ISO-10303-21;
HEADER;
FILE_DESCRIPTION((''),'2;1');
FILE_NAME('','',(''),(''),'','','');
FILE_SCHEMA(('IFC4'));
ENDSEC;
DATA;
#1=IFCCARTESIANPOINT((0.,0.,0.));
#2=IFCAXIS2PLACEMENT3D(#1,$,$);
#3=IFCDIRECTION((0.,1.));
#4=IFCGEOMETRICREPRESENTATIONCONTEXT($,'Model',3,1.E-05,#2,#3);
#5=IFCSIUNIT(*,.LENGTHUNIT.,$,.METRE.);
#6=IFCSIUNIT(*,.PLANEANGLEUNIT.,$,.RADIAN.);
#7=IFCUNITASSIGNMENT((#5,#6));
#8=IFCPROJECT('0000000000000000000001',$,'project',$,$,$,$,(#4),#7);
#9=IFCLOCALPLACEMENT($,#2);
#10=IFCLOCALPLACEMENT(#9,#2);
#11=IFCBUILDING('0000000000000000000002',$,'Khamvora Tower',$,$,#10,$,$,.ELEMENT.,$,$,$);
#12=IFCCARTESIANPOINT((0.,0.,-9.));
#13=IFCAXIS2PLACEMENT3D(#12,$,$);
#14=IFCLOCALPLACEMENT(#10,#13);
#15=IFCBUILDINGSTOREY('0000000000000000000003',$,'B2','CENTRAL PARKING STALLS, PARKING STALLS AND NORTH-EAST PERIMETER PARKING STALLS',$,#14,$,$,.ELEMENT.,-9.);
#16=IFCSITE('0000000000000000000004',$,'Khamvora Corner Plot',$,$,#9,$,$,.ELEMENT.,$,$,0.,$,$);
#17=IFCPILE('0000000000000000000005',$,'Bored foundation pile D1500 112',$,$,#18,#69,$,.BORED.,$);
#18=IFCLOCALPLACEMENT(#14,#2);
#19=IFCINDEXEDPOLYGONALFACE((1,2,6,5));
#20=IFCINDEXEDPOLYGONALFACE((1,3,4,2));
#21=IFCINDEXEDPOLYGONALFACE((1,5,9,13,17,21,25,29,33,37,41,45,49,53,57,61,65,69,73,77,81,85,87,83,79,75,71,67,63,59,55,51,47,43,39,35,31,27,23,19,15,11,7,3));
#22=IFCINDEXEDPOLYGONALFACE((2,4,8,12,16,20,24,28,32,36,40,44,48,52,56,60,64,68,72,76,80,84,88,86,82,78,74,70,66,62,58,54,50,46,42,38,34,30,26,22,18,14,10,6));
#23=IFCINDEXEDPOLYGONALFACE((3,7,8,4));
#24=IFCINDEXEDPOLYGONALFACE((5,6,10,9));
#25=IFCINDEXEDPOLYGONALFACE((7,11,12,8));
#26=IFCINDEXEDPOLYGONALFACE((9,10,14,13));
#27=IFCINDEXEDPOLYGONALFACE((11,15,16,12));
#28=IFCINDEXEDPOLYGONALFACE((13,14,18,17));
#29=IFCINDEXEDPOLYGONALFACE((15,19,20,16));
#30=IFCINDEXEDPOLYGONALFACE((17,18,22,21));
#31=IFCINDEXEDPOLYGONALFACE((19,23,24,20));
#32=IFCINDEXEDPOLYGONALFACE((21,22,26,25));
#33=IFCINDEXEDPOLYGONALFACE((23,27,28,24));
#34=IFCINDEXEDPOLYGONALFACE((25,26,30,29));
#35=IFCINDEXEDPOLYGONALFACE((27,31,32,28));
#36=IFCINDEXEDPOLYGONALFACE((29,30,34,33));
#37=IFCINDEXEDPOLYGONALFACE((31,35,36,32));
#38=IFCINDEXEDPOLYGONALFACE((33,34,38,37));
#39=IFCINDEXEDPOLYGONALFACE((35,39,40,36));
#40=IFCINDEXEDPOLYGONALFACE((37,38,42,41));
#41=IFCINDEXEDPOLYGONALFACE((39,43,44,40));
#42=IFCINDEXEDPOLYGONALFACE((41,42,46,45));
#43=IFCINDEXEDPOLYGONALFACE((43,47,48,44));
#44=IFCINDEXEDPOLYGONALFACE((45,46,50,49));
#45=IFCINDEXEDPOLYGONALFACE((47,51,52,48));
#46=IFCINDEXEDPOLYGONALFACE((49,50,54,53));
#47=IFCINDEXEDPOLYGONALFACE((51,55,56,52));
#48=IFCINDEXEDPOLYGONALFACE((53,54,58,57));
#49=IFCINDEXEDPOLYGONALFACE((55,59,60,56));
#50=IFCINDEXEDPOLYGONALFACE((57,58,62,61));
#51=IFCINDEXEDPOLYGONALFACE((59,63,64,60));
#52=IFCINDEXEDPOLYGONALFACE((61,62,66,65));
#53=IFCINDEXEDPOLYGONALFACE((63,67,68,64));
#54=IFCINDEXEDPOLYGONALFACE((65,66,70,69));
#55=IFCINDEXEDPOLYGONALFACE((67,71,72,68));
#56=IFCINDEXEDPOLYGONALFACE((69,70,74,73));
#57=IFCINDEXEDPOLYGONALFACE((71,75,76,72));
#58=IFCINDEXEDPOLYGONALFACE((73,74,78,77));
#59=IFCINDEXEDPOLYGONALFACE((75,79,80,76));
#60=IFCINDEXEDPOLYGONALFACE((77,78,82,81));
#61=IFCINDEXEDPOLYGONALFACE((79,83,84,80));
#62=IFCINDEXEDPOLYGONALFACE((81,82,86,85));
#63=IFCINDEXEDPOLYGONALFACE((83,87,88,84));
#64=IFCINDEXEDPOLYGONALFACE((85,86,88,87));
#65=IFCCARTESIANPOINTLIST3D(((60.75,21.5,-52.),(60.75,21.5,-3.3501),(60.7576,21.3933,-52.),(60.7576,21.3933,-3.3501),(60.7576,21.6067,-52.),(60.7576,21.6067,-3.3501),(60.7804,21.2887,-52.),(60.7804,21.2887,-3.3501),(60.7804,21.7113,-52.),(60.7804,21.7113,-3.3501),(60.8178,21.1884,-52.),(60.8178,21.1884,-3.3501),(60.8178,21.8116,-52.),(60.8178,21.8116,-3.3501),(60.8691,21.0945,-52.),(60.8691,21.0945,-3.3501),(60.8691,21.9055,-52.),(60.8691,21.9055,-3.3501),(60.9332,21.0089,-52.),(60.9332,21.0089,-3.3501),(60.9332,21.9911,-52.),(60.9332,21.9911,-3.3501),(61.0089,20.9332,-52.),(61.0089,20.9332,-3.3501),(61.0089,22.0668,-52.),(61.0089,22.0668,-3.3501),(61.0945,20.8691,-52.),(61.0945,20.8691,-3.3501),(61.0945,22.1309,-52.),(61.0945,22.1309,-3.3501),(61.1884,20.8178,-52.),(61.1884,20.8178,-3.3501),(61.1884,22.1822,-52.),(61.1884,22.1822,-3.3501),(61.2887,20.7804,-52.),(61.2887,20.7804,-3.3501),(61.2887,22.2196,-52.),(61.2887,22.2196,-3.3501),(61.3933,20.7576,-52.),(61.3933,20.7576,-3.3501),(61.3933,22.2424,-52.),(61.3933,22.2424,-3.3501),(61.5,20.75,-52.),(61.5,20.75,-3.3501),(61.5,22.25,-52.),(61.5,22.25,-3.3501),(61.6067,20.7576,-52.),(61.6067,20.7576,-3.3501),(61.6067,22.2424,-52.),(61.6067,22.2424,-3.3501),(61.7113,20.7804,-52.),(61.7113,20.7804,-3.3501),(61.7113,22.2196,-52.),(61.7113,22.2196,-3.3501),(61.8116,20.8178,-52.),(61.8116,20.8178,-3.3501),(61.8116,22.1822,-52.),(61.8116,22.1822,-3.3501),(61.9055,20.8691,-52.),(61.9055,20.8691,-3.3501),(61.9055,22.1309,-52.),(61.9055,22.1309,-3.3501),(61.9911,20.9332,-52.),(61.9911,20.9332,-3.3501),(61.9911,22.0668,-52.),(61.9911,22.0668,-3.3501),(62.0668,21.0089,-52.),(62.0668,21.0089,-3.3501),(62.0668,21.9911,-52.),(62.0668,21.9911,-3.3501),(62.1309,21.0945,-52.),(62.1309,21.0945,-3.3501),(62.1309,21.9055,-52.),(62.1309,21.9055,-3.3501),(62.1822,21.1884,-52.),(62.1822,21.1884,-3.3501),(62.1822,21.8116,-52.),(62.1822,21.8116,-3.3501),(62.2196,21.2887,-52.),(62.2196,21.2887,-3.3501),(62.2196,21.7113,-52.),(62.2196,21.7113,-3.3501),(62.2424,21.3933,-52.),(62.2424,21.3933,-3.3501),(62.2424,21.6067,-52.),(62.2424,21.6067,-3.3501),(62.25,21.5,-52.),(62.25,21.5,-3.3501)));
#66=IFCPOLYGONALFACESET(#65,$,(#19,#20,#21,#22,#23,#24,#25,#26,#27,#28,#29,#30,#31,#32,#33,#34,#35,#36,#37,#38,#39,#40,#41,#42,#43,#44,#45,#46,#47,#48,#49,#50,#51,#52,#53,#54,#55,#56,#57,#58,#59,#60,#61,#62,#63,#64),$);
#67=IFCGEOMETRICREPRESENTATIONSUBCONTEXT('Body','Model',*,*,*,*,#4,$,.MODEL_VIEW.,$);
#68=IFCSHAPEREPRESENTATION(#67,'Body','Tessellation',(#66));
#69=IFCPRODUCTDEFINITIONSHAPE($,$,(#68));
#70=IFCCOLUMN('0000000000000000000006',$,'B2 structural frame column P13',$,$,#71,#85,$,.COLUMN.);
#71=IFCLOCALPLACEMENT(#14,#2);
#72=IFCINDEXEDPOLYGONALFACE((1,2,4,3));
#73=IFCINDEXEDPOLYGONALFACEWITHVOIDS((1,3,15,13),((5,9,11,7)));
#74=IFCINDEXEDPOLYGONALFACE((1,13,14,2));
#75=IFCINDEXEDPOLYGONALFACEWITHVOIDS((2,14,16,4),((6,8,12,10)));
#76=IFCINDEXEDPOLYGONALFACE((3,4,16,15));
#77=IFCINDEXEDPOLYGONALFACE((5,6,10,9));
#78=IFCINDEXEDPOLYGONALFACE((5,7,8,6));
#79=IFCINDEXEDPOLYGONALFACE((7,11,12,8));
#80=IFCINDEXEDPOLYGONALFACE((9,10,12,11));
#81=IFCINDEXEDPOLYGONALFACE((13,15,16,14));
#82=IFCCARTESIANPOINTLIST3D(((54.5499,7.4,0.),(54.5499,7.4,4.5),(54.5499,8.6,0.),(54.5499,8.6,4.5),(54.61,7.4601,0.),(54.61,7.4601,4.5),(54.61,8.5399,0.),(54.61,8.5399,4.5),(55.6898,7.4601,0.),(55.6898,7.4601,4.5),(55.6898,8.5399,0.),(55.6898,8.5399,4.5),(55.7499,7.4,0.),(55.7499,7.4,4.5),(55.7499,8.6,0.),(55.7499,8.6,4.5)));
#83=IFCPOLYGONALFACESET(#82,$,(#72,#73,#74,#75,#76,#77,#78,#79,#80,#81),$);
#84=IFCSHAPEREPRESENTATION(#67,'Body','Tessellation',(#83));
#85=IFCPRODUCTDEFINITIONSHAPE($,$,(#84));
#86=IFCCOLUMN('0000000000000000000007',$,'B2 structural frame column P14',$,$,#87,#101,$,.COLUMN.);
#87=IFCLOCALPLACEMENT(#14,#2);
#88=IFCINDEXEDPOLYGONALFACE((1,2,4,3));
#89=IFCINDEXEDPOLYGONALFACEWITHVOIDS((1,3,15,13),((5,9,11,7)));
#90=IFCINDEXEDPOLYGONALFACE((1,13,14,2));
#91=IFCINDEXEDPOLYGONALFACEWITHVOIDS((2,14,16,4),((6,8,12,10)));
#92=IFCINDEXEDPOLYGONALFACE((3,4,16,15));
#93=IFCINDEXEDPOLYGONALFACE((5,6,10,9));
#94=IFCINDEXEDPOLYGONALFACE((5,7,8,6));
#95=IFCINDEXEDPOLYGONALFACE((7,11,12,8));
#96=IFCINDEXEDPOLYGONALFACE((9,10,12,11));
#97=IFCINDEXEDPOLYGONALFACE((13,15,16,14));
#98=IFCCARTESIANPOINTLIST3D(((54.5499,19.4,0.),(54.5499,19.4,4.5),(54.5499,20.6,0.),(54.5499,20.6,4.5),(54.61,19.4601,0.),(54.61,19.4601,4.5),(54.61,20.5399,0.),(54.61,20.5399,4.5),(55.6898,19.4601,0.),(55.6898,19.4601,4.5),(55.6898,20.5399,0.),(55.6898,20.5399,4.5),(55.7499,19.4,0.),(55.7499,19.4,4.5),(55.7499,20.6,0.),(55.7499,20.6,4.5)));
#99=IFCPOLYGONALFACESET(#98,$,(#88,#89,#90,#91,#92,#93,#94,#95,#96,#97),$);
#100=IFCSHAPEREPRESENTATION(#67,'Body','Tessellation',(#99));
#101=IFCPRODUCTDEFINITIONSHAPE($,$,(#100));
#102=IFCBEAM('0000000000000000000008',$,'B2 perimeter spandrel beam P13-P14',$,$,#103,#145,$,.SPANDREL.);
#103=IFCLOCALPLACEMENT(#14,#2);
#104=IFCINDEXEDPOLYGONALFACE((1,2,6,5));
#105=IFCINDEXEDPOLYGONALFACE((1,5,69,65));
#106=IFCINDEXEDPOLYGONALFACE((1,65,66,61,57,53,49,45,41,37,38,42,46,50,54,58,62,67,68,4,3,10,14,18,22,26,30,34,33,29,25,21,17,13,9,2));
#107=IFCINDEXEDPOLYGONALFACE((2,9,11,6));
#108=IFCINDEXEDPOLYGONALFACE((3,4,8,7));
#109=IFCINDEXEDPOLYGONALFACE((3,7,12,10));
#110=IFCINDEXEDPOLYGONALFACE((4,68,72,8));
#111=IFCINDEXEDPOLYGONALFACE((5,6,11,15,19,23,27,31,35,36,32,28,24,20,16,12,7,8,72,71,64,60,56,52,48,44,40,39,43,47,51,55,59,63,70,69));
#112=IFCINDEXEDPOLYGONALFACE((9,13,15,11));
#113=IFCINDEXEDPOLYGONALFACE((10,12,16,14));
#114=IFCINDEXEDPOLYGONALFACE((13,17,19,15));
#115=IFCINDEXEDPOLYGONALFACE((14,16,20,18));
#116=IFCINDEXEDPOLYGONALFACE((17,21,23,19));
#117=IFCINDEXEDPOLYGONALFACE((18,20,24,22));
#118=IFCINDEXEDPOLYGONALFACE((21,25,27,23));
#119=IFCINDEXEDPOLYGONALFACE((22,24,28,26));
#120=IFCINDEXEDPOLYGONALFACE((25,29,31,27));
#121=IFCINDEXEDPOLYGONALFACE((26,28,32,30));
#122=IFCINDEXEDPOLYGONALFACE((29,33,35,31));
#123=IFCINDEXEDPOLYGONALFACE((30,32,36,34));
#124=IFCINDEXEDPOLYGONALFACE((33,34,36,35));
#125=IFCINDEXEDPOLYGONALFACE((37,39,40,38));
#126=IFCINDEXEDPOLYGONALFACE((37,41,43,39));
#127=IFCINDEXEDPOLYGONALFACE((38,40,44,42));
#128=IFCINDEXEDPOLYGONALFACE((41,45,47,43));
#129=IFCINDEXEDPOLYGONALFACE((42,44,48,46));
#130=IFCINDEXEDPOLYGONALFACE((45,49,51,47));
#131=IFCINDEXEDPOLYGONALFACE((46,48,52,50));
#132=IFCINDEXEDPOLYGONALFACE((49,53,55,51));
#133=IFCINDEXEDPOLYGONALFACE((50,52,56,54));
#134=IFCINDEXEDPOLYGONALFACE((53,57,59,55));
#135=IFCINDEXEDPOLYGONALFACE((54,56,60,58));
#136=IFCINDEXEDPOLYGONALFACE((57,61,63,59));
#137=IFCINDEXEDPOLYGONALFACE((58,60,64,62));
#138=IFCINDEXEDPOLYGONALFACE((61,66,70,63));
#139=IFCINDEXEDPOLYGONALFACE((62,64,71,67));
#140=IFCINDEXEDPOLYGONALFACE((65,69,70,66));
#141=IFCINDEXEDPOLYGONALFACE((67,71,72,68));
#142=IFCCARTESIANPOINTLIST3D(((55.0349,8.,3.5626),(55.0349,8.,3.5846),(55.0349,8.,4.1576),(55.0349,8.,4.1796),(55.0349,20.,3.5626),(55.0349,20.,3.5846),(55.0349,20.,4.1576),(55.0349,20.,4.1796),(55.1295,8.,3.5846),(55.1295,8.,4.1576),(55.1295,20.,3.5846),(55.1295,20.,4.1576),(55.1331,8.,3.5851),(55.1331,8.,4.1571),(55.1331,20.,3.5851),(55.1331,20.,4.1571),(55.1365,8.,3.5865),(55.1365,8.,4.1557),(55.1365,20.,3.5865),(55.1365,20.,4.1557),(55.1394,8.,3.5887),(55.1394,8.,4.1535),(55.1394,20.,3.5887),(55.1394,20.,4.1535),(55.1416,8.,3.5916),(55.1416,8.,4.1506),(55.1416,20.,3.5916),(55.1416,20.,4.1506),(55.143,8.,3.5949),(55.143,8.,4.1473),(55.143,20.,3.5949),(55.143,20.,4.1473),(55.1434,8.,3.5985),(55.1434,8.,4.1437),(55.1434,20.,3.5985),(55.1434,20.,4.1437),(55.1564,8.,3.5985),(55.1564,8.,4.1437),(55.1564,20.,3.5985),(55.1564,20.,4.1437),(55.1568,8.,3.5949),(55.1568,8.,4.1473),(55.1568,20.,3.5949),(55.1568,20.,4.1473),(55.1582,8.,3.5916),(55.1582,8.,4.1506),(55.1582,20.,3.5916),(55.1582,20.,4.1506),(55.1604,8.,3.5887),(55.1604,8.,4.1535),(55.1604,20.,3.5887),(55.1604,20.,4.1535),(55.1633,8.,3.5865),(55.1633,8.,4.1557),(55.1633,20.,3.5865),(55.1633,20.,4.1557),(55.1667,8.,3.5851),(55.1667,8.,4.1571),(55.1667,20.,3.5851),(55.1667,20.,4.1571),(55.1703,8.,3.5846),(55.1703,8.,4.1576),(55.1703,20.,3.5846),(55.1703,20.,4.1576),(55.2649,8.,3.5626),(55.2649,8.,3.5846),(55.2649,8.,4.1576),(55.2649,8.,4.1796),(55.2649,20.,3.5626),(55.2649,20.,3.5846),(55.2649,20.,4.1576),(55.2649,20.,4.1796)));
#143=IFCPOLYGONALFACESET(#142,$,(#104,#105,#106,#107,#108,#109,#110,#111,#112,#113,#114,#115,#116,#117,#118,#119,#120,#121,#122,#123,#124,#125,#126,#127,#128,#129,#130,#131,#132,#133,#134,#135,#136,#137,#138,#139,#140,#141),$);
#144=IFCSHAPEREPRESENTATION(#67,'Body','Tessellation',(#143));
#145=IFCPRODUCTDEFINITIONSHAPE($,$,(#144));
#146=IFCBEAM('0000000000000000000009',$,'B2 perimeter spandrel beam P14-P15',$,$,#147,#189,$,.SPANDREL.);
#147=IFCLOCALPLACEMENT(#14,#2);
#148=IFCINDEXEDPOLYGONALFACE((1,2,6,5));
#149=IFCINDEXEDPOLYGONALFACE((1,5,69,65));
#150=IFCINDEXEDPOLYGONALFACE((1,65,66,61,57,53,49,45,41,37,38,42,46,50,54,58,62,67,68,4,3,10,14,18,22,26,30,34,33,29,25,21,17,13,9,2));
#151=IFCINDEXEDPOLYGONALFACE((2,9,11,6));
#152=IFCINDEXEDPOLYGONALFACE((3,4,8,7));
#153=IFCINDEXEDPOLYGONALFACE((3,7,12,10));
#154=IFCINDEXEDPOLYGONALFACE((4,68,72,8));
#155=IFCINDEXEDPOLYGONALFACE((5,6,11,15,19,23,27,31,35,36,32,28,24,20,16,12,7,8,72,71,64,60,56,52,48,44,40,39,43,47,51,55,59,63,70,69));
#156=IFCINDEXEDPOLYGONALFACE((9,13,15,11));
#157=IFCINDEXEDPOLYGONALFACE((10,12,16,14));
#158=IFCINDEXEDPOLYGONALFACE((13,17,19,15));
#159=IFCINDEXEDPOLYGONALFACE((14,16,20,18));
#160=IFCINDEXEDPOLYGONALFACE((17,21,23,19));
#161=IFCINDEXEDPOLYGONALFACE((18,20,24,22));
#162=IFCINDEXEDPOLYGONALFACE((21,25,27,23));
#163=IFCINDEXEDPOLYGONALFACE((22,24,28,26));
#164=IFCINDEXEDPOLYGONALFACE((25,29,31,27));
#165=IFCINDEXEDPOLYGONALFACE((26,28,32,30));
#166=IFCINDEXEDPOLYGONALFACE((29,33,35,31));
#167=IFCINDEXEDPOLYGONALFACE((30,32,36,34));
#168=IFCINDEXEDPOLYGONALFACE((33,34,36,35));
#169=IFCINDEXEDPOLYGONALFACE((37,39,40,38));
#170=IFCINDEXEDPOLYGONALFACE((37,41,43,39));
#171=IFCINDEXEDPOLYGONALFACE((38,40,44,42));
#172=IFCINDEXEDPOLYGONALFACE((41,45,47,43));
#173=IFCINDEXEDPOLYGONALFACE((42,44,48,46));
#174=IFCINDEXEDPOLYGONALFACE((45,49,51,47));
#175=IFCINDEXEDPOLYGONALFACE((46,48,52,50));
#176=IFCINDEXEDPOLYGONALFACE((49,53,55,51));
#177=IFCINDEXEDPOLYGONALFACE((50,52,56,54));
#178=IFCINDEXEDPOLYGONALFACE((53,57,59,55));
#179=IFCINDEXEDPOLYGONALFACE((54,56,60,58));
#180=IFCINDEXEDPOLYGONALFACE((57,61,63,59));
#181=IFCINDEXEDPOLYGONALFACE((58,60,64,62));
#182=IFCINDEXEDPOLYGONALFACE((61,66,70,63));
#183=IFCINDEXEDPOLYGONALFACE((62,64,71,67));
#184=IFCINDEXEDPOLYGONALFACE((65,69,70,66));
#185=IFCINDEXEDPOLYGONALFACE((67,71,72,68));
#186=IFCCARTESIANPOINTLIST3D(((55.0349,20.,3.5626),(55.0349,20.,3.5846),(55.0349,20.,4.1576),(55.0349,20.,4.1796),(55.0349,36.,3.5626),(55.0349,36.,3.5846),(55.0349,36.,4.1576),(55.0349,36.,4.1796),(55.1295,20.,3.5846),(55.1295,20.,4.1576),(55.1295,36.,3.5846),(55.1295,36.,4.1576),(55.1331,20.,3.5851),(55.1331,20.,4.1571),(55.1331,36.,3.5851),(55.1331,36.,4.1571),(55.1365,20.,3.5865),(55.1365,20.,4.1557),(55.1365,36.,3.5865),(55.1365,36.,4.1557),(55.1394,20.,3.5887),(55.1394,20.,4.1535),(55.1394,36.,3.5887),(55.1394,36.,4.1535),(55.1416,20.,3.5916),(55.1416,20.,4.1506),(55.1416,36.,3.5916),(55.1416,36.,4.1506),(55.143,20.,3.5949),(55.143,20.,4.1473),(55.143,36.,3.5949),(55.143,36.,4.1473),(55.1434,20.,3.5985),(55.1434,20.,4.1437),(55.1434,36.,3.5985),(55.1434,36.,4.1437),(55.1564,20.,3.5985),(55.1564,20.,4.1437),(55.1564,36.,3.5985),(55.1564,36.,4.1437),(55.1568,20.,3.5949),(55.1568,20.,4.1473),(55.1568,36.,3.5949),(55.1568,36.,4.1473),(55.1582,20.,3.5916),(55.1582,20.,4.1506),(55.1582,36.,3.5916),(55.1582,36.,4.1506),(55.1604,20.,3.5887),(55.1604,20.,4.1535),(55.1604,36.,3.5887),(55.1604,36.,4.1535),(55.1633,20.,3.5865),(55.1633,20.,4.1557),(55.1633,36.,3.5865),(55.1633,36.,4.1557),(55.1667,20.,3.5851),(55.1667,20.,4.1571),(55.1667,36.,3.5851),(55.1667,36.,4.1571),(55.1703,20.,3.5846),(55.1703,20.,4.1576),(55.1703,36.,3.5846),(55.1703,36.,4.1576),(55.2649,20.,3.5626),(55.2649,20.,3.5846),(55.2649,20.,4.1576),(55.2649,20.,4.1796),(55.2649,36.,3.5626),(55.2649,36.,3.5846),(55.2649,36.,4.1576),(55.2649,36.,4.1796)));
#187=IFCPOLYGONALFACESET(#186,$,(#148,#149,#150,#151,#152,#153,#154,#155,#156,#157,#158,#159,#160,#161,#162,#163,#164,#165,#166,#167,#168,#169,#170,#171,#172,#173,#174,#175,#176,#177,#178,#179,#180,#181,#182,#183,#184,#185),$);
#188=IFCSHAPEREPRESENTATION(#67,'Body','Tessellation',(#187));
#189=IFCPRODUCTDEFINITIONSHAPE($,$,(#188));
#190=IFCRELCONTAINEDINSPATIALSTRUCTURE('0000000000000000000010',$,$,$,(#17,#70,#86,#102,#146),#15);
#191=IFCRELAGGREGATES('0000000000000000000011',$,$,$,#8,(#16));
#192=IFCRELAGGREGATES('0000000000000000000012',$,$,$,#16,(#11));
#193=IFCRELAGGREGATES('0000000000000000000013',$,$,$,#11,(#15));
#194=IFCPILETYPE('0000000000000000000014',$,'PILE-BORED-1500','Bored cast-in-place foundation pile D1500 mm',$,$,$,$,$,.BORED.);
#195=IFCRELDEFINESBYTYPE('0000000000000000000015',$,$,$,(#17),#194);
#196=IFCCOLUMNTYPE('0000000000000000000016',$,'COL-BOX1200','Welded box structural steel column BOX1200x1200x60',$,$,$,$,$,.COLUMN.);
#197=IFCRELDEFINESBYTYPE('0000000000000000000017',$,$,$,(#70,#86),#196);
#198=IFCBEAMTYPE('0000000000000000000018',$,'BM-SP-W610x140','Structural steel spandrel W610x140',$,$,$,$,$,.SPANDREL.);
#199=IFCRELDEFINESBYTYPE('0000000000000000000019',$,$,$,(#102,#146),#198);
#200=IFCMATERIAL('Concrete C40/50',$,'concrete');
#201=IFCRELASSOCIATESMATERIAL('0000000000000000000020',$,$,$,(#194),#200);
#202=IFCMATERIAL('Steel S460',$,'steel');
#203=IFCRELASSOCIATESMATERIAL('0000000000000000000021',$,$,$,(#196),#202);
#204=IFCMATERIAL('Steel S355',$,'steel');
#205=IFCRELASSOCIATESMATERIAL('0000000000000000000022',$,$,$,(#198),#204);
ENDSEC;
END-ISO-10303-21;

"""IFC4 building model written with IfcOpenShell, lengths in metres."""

from ifc_helpers import new_model, si_unit, direction, frame, origin, origin_2d, place, context, subcontext, project, spatial, hollow_rectangle, circle, i_section, extrude, material, material_profile, profile_set, type_object, element, save


model = new_model("IFC4")

# Units and contexts
model_context = context("Model", 3, precision=1e-05, world=origin(), true_north=direction((0.0, 1.0)))
body_context = subcontext(model_context, "Body", "Model", "MODEL_VIEW")
ifc_project = project(units=[si_unit("LENGTHUNIT", "METRE"), si_unit("PLANEANGLEUNIT", "RADIAN")], contexts=[model_context])

# Site, building, storey
site_placement = place(None, origin())
site = spatial("IfcSite", under=ifc_project, at=site_placement, Name="Khamvora Corner Plot", CompositionType="ELEMENT", RefElevation=0.0)
building_placement = place(site_placement, origin())
building = spatial("IfcBuilding", under=site, at=building_placement, Name="Khamvora Tower", CompositionType="ELEMENT")
storey_placement = place(building_placement, frame((0.0, 0.0, -9.0)))
storey = spatial("IfcBuildingStorey", under=building, at=storey_placement, Name="B2", Description="CENTRAL PARKING STALLS, PARKING STALLS AND NORTH-EAST PERIMETER PARKING STALLS", CompositionType="ELEMENT", Elevation=-9.0)

# Pile
ifc_material_1 = material(Name="Concrete C40/50", Category="concrete")
ifc_material_profile_1 = material_profile(ifc_material_1, circle(Radius=0.75, at=origin_2d()), Name="PILE_D1500")
ifc_profile_set_1 = profile_set([ifc_material_profile_1], Name="Concrete C40/50")
pile_type_1 = type_object("IfcPileType", Name="PILE-BORED-1500", Description="Bored cast-in-place foundation pile D1500 mm", PredefinedType="BORED", material=ifc_profile_set_1)
for number, where, z_axis, x_axis, name in (
    (1, (61.5, 21.5, -3.3501), (0.0, 0.0, -1.0), (1.0, 0.0, 0.0), "Bored foundation pile D1500 112"),
):
    element("IfcPile", number, at=place(storey_placement, frame(where, z_axis=z_axis, x_axis=x_axis)), inside=storey, type_object=pile_type_1, Name=name, PredefinedType="BORED", context=body_context, shape_type="SweptSolid", body=[
        extrude(circle(Radius=0.75, at=origin_2d()), origin(), (0.0, 0.0, 1.0), 48.6499),
    ])

# Columns
ifc_material_2 = material(Name="Steel S460", Category="steel")
ifc_material_profile_2 = material_profile(ifc_material_2, hollow_rectangle(XDim=1.2, YDim=1.2, WallThickness=0.0601, at=origin_2d()), Name="BOX1200x1200x60")
ifc_profile_set_2 = profile_set([ifc_material_profile_2], Name="Steel S460")
column_type = type_object("IfcColumnType", Name="COL-BOX1200", Description="Welded box structural steel column BOX1200x1200x60", PredefinedType="COLUMN", material=ifc_profile_set_2)
for number, where, z_axis, x_axis, name in (
    (2, (55.1499, 8.0, 0.0), (0.0, 0.0, 1.0), (1.0, 0.0, 0.0), "B2 structural frame column P13"),
    (3, (55.1499, 20.0, 0.0), (0.0, 0.0, 1.0), (1.0, 0.0, 0.0), "B2 structural frame column P14"),
):
    element("IfcColumn", number, at=place(storey_placement, frame(where, z_axis=z_axis, x_axis=x_axis)), inside=storey, type_object=column_type, Name=name, PredefinedType="COLUMN", context=body_context, shape_type="SweptSolid", body=[
        extrude(hollow_rectangle(XDim=1.2, YDim=1.2, WallThickness=0.0601, at=origin_2d()), origin(), (0.0, 0.0, 1.0), 4.5),
    ])

# Beams
ifc_material_3 = material(Name="Steel S355", Category="steel")
ifc_material_profile_3 = material_profile(ifc_material_3, i_section(OverallWidth=0.23, OverallDepth=0.6169, WebThickness=0.0129, FlangeThickness=0.022, FilletRadius=0.0139, at=origin_2d()), Name="W610x140")
ifc_profile_set_3 = profile_set([ifc_material_profile_3], Name="Steel S355")
beam_type = type_object("IfcBeamType", Name="BM-SP-W610x140", Description="Structural steel spandrel W610x140", PredefinedType="SPANDREL", material=ifc_profile_set_3)
beam_1_placement = place(storey_placement, frame((55.1499, 8.0, 3.8711), z_axis=(0.0, 1.0, 0.0), x_axis=(-1.0, 0.0, 0.0)))
element("IfcBeam", 4, at=beam_1_placement, inside=storey, type_object=beam_type, Name="B2 perimeter spandrel beam P13-P14", PredefinedType="SPANDREL", context=body_context, shape_type="SweptSolid", body=[
    extrude(i_section(OverallWidth=0.23, OverallDepth=0.6169, WebThickness=0.0129, FlangeThickness=0.022, FilletRadius=0.0139, at=origin_2d()), origin(), (0.0, 0.0, 1.0), 12.0),
])
beam_2_placement = place(storey_placement, frame((55.1499, 20.0, 3.8711), z_axis=(0.0, 1.0, 0.0), x_axis=(-1.0, 0.0, 0.0)))
element("IfcBeam", 5, at=beam_2_placement, inside=storey, type_object=beam_type, Name="B2 perimeter spandrel beam P14-P15", PredefinedType="SPANDREL", context=body_context, shape_type="SweptSolid", body=[
    extrude(i_section(OverallWidth=0.23, OverallDepth=0.6169, WebThickness=0.0129, FlangeThickness=0.022, FilletRadius=0.0139, at=origin_2d()), origin(), (0.0, 0.0, 1.0), 16.0),
])

save(model, "model.ifc")
